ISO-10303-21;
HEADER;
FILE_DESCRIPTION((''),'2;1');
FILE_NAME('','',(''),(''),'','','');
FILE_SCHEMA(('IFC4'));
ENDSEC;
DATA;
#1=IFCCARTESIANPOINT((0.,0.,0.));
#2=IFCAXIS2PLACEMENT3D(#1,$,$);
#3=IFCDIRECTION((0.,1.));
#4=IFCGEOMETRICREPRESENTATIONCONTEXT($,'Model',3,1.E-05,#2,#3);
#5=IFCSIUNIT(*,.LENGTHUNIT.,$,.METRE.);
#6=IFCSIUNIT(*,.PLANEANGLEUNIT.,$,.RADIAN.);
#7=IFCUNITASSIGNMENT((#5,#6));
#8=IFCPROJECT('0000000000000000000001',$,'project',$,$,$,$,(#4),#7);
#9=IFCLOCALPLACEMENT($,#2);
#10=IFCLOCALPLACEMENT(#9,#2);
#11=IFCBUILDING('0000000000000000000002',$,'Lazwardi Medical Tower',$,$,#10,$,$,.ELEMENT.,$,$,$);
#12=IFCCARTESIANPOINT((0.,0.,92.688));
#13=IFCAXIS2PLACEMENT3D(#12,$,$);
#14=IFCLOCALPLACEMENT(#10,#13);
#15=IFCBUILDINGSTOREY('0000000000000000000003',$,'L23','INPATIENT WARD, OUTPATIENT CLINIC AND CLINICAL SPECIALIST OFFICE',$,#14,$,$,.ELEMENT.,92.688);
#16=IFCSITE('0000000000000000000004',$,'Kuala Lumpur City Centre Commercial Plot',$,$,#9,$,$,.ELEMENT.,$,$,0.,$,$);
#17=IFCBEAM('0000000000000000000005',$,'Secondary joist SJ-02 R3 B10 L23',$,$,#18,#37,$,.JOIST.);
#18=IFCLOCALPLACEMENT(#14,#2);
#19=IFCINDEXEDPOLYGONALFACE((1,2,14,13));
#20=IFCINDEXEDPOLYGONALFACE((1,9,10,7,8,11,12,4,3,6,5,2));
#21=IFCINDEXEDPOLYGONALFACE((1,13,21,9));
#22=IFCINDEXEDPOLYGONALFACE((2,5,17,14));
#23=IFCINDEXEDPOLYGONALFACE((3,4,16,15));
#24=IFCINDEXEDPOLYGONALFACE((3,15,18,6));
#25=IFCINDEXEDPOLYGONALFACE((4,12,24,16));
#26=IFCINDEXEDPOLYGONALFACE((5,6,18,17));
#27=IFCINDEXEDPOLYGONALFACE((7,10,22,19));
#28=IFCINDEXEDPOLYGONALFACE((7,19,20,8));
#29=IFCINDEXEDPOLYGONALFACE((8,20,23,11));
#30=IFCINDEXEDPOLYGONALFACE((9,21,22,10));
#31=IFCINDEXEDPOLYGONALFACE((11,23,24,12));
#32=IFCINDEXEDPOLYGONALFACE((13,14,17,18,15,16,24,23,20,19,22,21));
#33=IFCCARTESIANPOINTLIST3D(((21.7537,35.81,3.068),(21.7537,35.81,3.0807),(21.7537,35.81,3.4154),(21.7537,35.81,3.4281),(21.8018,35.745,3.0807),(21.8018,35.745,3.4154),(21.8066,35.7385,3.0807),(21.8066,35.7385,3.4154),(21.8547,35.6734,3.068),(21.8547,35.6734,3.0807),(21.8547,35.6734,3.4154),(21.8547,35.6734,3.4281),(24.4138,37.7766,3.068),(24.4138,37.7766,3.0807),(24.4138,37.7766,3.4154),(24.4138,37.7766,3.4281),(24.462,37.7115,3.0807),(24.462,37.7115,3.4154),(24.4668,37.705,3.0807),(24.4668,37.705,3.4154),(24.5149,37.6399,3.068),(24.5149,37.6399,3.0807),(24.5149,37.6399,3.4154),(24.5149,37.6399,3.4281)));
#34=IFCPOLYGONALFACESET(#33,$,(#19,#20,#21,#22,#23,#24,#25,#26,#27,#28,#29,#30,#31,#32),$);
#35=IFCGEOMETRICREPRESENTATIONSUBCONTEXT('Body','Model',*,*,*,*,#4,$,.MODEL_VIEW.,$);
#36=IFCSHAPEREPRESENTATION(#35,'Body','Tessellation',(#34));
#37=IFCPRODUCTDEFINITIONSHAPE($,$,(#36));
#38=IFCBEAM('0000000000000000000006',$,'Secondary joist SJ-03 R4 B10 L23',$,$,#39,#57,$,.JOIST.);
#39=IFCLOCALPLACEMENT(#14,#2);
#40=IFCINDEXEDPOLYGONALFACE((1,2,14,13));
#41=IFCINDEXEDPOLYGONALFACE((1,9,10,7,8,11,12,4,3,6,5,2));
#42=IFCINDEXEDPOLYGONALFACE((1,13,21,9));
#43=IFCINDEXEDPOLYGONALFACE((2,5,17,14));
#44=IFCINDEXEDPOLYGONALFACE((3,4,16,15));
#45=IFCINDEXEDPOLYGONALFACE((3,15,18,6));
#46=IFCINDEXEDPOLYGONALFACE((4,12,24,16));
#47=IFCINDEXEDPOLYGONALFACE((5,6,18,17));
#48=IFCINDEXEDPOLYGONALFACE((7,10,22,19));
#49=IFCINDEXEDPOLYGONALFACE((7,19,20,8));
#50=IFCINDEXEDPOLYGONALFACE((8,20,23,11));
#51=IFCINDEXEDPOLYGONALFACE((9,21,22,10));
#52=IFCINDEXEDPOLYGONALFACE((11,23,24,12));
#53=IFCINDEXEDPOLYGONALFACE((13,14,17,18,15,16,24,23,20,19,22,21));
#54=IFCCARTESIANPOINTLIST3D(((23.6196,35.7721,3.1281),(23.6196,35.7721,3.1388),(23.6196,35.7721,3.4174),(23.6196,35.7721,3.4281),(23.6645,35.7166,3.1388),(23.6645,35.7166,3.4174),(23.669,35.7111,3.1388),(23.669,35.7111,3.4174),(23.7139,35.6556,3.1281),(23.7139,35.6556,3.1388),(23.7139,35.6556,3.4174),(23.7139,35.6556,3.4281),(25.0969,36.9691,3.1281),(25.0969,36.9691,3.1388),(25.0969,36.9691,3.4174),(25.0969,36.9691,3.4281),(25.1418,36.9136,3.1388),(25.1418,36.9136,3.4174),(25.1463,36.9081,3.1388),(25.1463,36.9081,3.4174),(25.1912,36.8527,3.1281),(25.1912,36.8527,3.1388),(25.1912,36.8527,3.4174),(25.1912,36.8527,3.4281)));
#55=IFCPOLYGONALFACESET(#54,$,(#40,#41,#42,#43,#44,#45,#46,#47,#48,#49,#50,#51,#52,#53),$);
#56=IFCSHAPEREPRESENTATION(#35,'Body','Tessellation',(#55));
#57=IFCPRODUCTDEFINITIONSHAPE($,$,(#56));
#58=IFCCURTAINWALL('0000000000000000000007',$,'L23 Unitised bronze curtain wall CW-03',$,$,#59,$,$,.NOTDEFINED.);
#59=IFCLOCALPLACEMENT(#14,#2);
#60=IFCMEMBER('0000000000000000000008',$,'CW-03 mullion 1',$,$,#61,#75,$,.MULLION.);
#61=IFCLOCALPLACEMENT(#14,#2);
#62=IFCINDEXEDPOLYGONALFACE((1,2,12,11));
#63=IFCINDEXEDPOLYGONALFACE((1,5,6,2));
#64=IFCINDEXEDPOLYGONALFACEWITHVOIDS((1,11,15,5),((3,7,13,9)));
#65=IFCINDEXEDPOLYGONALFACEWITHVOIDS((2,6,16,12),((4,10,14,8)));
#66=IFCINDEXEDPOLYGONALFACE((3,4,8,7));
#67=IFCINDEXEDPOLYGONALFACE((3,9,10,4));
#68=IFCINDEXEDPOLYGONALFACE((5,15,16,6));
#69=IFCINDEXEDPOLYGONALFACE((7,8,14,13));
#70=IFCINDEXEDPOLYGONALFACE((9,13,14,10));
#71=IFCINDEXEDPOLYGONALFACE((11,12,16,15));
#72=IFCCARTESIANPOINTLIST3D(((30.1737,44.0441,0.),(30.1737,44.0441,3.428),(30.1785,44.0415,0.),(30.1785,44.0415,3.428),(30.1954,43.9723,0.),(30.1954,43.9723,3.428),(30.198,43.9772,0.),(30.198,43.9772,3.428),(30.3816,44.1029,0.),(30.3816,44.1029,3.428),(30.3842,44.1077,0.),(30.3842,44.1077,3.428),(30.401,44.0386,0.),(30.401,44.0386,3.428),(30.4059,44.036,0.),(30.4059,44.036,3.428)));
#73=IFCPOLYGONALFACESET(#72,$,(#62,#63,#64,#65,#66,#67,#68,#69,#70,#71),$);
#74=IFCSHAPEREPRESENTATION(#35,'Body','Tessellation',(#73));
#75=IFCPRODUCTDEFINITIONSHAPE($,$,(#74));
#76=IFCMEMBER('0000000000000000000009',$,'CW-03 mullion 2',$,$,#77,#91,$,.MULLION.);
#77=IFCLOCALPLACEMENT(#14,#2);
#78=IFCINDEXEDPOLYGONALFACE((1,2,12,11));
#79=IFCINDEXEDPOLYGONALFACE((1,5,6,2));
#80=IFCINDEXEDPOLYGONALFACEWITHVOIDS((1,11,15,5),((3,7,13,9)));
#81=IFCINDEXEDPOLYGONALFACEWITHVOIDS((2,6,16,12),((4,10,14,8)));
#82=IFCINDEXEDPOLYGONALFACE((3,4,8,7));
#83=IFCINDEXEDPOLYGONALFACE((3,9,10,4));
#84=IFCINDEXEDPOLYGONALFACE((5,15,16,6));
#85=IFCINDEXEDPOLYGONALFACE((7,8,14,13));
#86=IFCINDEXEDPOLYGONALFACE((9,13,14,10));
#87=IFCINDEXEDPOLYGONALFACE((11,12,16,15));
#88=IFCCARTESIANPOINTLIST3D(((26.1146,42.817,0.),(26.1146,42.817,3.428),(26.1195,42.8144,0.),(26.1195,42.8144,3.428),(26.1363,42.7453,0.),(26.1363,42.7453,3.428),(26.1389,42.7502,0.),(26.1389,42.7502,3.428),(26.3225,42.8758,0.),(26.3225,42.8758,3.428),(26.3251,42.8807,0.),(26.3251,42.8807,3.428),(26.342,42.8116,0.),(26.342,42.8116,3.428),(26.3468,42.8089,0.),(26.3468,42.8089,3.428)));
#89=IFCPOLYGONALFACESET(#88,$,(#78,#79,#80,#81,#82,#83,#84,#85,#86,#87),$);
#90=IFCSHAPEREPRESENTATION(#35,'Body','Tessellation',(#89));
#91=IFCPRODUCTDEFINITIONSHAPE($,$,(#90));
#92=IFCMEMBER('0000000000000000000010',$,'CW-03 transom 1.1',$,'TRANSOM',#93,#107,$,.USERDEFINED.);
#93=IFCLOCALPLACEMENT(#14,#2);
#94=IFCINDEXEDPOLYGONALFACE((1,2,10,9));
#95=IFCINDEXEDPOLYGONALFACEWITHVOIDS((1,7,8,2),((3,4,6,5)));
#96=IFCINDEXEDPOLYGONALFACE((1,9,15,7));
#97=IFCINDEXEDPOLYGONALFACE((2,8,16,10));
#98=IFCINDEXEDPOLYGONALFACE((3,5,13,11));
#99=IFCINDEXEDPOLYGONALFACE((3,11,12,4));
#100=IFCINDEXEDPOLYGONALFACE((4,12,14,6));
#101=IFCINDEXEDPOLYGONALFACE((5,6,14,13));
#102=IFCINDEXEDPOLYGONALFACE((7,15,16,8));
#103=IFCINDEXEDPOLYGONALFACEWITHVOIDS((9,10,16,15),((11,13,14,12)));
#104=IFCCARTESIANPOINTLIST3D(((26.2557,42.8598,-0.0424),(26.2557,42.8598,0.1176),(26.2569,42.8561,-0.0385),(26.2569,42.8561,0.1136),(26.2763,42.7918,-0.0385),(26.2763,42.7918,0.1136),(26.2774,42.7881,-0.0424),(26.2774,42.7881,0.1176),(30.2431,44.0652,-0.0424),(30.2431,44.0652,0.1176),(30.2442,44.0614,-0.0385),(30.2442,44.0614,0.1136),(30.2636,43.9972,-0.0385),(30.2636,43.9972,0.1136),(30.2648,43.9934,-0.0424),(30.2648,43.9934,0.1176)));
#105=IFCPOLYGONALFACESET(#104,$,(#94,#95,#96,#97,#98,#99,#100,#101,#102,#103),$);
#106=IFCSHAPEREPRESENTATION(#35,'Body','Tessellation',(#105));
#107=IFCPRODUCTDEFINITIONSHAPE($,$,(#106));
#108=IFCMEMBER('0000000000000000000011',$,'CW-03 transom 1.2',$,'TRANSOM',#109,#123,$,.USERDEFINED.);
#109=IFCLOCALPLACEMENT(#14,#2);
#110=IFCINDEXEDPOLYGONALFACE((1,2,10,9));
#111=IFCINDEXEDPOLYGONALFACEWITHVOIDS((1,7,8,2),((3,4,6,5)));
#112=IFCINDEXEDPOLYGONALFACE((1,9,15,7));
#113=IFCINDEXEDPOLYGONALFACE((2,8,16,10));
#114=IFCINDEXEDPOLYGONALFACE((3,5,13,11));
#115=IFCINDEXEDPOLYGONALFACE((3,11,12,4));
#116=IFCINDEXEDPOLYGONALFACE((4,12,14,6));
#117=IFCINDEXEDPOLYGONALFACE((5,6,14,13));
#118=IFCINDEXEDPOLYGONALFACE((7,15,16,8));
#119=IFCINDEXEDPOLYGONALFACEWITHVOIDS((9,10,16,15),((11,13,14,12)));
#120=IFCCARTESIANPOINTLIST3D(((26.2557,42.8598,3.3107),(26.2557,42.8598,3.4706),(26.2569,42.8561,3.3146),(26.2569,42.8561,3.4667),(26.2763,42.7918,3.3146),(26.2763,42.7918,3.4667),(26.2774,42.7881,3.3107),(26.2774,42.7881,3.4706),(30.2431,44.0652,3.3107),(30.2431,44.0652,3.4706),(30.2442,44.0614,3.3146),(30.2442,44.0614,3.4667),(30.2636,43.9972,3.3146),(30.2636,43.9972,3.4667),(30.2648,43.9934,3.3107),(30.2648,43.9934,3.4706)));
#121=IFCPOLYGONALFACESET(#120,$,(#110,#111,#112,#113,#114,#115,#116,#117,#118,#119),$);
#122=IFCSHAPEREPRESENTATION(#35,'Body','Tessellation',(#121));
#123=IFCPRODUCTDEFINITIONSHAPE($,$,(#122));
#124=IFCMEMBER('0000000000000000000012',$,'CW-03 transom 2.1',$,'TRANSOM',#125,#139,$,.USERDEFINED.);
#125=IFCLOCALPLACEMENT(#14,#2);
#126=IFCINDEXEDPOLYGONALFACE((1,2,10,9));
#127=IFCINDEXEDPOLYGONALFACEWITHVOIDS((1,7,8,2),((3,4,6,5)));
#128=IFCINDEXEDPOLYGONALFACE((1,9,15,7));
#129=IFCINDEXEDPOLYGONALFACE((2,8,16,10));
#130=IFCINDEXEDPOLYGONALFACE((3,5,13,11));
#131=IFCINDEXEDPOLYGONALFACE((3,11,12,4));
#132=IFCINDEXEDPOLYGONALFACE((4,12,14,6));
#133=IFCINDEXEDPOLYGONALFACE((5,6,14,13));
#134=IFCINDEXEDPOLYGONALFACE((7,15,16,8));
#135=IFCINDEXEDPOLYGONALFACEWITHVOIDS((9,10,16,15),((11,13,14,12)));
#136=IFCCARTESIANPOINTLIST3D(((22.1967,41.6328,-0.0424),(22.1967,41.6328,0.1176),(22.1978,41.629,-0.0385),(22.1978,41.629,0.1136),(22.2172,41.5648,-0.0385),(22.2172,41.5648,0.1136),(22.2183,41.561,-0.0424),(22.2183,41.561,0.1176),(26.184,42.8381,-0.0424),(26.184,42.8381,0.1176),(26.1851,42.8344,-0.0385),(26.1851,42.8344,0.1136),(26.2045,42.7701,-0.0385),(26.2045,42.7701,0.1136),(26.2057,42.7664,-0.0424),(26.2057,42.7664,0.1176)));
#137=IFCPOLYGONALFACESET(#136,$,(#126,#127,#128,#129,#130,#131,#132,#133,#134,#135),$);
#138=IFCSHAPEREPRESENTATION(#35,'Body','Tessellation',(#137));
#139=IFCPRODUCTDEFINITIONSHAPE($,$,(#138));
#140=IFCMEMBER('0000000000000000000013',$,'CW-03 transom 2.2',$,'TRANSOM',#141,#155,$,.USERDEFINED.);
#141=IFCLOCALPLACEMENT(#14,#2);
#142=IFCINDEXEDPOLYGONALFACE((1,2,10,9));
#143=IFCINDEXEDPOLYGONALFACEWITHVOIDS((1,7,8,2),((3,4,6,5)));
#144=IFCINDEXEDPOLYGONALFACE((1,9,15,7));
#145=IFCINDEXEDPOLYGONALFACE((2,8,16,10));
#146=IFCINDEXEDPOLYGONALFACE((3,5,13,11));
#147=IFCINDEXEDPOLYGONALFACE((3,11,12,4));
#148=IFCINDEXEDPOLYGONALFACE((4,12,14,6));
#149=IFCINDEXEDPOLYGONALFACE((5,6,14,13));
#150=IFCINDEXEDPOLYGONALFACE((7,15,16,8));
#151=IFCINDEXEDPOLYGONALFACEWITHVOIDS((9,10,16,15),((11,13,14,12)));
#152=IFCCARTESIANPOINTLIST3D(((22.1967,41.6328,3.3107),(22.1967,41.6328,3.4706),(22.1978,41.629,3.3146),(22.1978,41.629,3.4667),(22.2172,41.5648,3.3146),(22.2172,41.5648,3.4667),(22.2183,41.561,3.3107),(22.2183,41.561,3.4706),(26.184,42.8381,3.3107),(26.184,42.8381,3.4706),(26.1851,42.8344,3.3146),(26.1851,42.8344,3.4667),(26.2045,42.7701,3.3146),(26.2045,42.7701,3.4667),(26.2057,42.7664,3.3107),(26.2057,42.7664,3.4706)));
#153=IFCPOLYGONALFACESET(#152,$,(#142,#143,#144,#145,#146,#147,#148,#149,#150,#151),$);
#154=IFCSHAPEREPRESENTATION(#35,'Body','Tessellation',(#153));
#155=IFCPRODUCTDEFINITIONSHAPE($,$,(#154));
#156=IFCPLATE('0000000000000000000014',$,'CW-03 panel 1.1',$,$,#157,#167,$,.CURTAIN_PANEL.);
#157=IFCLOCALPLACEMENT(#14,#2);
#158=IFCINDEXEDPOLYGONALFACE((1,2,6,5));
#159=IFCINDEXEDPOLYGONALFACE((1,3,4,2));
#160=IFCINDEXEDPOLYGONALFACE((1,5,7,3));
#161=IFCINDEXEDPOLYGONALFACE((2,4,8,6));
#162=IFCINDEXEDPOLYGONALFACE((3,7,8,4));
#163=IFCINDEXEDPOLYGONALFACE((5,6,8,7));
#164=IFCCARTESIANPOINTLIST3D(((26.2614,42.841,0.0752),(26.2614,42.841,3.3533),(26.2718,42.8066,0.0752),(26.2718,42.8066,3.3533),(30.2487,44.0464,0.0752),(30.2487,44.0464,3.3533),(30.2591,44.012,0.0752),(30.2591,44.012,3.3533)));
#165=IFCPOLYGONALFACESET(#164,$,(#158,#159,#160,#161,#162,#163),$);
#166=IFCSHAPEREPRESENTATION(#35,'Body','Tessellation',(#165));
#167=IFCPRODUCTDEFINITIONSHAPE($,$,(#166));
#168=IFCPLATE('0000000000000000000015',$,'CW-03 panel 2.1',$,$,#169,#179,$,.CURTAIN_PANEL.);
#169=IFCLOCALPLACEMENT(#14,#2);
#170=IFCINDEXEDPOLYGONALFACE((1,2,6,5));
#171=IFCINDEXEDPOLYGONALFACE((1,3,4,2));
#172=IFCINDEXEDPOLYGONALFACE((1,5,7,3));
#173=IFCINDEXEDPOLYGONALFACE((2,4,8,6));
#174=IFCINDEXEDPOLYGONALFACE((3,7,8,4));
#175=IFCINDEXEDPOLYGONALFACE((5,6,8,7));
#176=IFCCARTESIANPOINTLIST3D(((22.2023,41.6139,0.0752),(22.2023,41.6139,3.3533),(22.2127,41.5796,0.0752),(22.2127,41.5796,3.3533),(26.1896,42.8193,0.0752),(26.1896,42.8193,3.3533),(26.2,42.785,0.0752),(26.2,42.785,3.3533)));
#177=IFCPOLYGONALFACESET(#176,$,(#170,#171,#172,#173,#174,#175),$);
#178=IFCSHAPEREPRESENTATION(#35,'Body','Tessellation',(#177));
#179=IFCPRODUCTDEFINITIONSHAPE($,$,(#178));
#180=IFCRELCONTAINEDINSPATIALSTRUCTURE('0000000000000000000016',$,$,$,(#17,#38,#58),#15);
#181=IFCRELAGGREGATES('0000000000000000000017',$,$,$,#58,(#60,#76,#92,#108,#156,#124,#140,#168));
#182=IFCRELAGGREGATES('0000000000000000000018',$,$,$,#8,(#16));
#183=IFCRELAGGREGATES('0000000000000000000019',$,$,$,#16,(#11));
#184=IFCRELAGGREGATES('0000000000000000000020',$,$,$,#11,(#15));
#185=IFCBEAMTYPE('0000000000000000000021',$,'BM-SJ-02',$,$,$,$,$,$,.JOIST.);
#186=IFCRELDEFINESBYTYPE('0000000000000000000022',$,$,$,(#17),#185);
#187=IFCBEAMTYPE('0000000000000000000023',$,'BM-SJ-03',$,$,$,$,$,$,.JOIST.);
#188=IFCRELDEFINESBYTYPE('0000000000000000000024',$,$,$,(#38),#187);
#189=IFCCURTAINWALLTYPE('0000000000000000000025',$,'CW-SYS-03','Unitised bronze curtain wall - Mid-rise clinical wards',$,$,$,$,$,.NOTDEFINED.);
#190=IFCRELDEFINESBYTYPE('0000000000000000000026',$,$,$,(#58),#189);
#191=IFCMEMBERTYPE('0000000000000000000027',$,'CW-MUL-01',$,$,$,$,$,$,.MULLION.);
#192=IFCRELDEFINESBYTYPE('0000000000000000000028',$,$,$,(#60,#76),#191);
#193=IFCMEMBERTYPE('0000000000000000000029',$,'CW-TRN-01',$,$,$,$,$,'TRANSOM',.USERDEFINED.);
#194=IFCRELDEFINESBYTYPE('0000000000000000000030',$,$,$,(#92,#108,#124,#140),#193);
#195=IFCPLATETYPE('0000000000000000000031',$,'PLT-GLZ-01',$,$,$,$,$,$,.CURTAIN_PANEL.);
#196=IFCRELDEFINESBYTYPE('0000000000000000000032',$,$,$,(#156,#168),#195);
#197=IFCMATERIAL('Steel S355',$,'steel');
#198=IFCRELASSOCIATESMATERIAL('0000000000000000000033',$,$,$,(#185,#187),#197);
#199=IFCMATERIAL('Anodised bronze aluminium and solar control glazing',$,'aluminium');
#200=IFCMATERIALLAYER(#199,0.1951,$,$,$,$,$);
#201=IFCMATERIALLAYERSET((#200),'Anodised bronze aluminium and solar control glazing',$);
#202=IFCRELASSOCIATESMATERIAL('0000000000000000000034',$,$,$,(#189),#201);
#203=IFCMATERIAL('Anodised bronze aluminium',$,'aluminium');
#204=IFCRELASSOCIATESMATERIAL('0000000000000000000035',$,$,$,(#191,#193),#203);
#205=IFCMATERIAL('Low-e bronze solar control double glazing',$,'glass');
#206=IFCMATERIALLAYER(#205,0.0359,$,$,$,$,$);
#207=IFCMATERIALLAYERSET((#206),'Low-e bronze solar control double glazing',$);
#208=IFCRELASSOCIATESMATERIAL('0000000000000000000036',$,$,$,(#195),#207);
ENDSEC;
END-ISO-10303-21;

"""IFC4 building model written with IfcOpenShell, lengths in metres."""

from ifc_helpers import new_model, si_unit, direction, frame, origin, origin_2d, place, context, subcontext, project, spatial, rectangle, hollow_rectangle, i_section, extrude, material, layer, layer_set, material_profile, profile_set, type_object, element, aggregate, save


model = new_model("IFC4")

# Units and contexts
model_context = context("Model", 3, precision=1e-05, world=origin(), true_north=direction((0.0, 1.0)))
body_context = subcontext(model_context, "Body", "Model", "MODEL_VIEW")
ifc_project = project(units=[si_unit("LENGTHUNIT", "METRE"), si_unit("PLANEANGLEUNIT", "RADIAN")], contexts=[model_context])

# Site, building, storey
site_placement = place(None, origin())
site = spatial("IfcSite", under=ifc_project, at=site_placement, Name="Kuala Lumpur City Centre Commercial Plot", CompositionType="ELEMENT", RefElevation=0.0)
building_placement = place(site_placement, origin())
building = spatial("IfcBuilding", under=site, at=building_placement, Name="Lazwardi Medical Tower", CompositionType="ELEMENT")
storey_placement = place(building_placement, frame((0.0, 0.0, 92.688)))
storey = spatial("IfcBuildingStorey", under=building, at=storey_placement, Name="L23", Description="INPATIENT WARD, OUTPATIENT CLINIC AND CLINICAL SPECIALIST OFFICE", CompositionType="ELEMENT", Elevation=92.688)

# Beams
ifc_material_1 = material(Name="Steel S355", Category="steel")
ifc_material_profile_1 = material_profile(ifc_material_1, i_section(OverallWidth=0.1699, OverallDepth=0.3601, WebThickness=0.0081, FlangeThickness=0.0127, at=origin_2d()), Name="IPE 360")
ifc_profile_set_1 = profile_set([ifc_material_profile_1], Name="Steel S355")
beam_type_1 = type_object("IfcBeamType", Name="BM-SJ-02", PredefinedType="JOIST", material=ifc_profile_set_1)
beam_1_placement = place(storey_placement, frame((24.4644, 37.7083, 3.248), z_axis=(-0.804126, -0.59446, 0.0), x_axis=(0.59446, -0.804126, 0.0)))
element("IfcBeam", 1, at=beam_1_placement, inside=storey, type_object=beam_type_1, Name="Secondary joist SJ-02 R3 B10 L23", PredefinedType="JOIST", context=body_context, shape_type="SweptSolid", body=[
    extrude(i_section(OverallWidth=0.1699, OverallDepth=0.3601, WebThickness=0.0081, FlangeThickness=0.0127, at=origin_2d()), origin(), (0.0, 0.0, 1.0), 3.3081),
])
ifc_material_profile_2 = material_profile(ifc_material_1, i_section(OverallWidth=0.1499, OverallDepth=0.3, WebThickness=0.0071, FlangeThickness=0.0107, at=origin_2d()), Name="IPE 300")
ifc_profile_set_2 = profile_set([ifc_material_profile_2], Name="Steel S355")
beam_type_2 = type_object("IfcBeamType", Name="BM-SJ-03", PredefinedType="JOIST", material=ifc_profile_set_2)
beam_2_placement = place(storey_placement, frame((25.144, 36.9109, 3.2781), z_axis=(-0.776958, -0.629553, 0.0), x_axis=(0.629553, -0.776958, 0.0)))
element("IfcBeam", 2, at=beam_2_placement, inside=storey, type_object=beam_type_2, Name="Secondary joist SJ-03 R4 B10 L23", PredefinedType="JOIST", context=body_context, shape_type="SweptSolid", body=[
    extrude(i_section(OverallWidth=0.1499, OverallDepth=0.3, WebThickness=0.0071, FlangeThickness=0.0107, at=origin_2d()), origin(), (0.0, 0.0, 1.0), 1.9014),
])

# Curtain wall, members, plates
ifc_material_2 = material(Name="Anodised bronze aluminium and solar control glazing", Category="aluminium")
ifc_layer_1 = layer(ifc_material_2, 0.1951)
ifc_layer_set_1 = layer_set([ifc_layer_1], Name="Anodised bronze aluminium and solar control glazing")
curtain_wall_type = type_object("IfcCurtainWallType", Name="CW-SYS-03", Description="Unitised bronze curtain wall - Mid-rise clinical wards", PredefinedType="NOTDEFINED", material=ifc_layer_set_1)
curtain_wall_placement = place(storey_placement, origin())
curtain_wall = element("IfcCurtainWall", 3, at=curtain_wall_placement, inside=storey, type_object=curtain_wall_type, Name="L23 Unitised bronze curtain wall CW-03", PredefinedType="NOTDEFINED")
ifc_material_3 = material(Name="Anodised bronze aluminium", Category="aluminium")
ifc_material_profile_3 = material_profile(ifc_material_3, hollow_rectangle(XDim=0.075, YDim=0.22, WallThickness=0.0039, at=origin_2d()), Name="ALU-MULLION 220x75x4")
ifc_profile_set_3 = profile_set([ifc_material_profile_3], Name="Anodised bronze aluminium")
member_type_1 = type_object("IfcMemberType", Name="CW-MUL-01", PredefinedType="MULLION", material=ifc_profile_set_3)
member_1_placement = place(storey_placement, frame((30.2898, 44.04, 0.0), z_axis=(0.0, 0.0, 1.0), x_axis=(0.289374, -0.957216, 0.0)))
member_1 = element("IfcMember", 4, at=member_1_placement, type_object=member_type_1, Name="CW-03 mullion 1", PredefinedType="MULLION", context=body_context, shape_type="SweptSolid", body=[
    extrude(hollow_rectangle(XDim=0.075, YDim=0.22, WallThickness=0.0039, at=origin_2d()), origin(), (0.0, 0.0, 1.0), 3.428),
])
member_2_placement = place(storey_placement, frame((26.2307, 42.813, 0.0), z_axis=(0.0, 0.0, 1.0), x_axis=(0.289374, -0.957216, 0.0)))
member_2 = element("IfcMember", 5, at=member_2_placement, type_object=member_type_1, Name="CW-03 mullion 2", PredefinedType="MULLION", context=body_context, shape_type="SweptSolid", body=[
    extrude(hollow_rectangle(XDim=0.075, YDim=0.22, WallThickness=0.0039, at=origin_2d()), origin(), (0.0, 0.0, 1.0), 3.428),
])
ifc_material_profile_4 = material_profile(ifc_material_3, hollow_rectangle(XDim=0.075, YDim=0.1599, WallThickness=0.0039, at=origin_2d()), Name="ALU-TRANSOM 160x75x4")
ifc_profile_set_4 = profile_set([ifc_material_profile_4], Name="Anodised bronze aluminium")
member_type_2 = type_object("IfcMemberType", Name="CW-TRN-01", ElementType="TRANSOM", PredefinedType="USERDEFINED", material=ifc_profile_set_4)
member_3_placement = place(storey_placement, frame((30.2539, 44.0293, 0.0376), z_axis=(-0.957221, -0.289358, 0.0), x_axis=(0.289358, -0.957221, 0.0)))
member_3 = element("IfcMember", 6, at=member_3_placement, type_object=member_type_2, Name="CW-03 transom 1.1", ObjectType="TRANSOM", PredefinedType="USERDEFINED", context=body_context, shape_type="SweptSolid", body=[
    extrude(hollow_rectangle(XDim=0.075, YDim=0.1599, WallThickness=0.0039, at=origin_2d()), origin(), (0.0, 0.0, 1.0), 4.1655),
])
member_4_placement = place(storey_placement, frame((30.2539, 44.0293, 3.3906), z_axis=(-0.957221, -0.289358, 0.0), x_axis=(0.289358, -0.957221, 0.0)))
member_4 = element("IfcMember", 7, at=member_4_placement, type_object=member_type_2, Name="CW-03 transom 1.2", ObjectType="TRANSOM", PredefinedType="USERDEFINED", context=body_context, shape_type="SweptSolid", body=[
    extrude(hollow_rectangle(XDim=0.075, YDim=0.1599, WallThickness=0.0039, at=origin_2d()), origin(), (0.0, 0.0, 1.0), 4.1655),
])
member_5_placement = place(storey_placement, frame((26.1948, 42.8022, 0.0376), z_axis=(-0.957221, -0.289358, 0.0), x_axis=(0.289358, -0.957221, 0.0)))
member_5 = element("IfcMember", 8, at=member_5_placement, type_object=member_type_2, Name="CW-03 transom 2.1", ObjectType="TRANSOM", PredefinedType="USERDEFINED", context=body_context, shape_type="SweptSolid", body=[
    extrude(hollow_rectangle(XDim=0.075, YDim=0.1599, WallThickness=0.0039, at=origin_2d()), origin(), (0.0, 0.0, 1.0), 4.1655),
])
member_6_placement = place(storey_placement, frame((26.1948, 42.8022, 3.3906), z_axis=(-0.957221, -0.289358, 0.0), x_axis=(0.289358, -0.957221, 0.0)))
member_6 = element("IfcMember", 9, at=member_6_placement, type_object=member_type_2, Name="CW-03 transom 2.2", ObjectType="TRANSOM", PredefinedType="USERDEFINED", context=body_context, shape_type="SweptSolid", body=[
    extrude(hollow_rectangle(XDim=0.075, YDim=0.1599, WallThickness=0.0039, at=origin_2d()), origin(), (0.0, 0.0, 1.0), 4.1655),
])
ifc_material_4 = material(Name="Low-e bronze solar control double glazing", Category="glass")
ifc_layer_2 = layer(ifc_material_4, 0.0359)
ifc_layer_set_2 = layer_set([ifc_layer_2], Name="Low-e bronze solar control double glazing")
plate_type = type_object("IfcPlateType", Name="PLT-GLZ-01", PredefinedType="CURTAIN_PANEL", material=ifc_layer_set_2)
plate_1_placement = place(storey_placement, frame((28.2603, 43.4265, 0.0752), z_axis=(0.0, 0.0, 1.0), x_axis=(-0.957216, -0.289374, 0.0)))
plate_1 = element("IfcPlate", 10, at=plate_1_placement, type_object=plate_type, Name="CW-03 panel 1.1", PredefinedType="CURTAIN_PANEL", context=body_context, shape_type="SweptSolid", body=[
    extrude(rectangle(XDim=4.1655, YDim=0.0359, at=origin_2d()), origin(), (0.0, 0.0, 1.0), 3.2781),
])
plate_2_placement = place(storey_placement, frame((24.2012, 42.1995, 0.0752), z_axis=(0.0, 0.0, 1.0), x_axis=(-0.957216, -0.289374, 0.0)))
plate_2 = element("IfcPlate", 11, at=plate_2_placement, type_object=plate_type, Name="CW-03 panel 2.1", PredefinedType="CURTAIN_PANEL", context=body_context, shape_type="SweptSolid", body=[
    extrude(rectangle(XDim=4.1655, YDim=0.0359, at=origin_2d()), origin(), (0.0, 0.0, 1.0), 3.2781),
])
aggregate(curtain_wall, [member_1, member_2, member_3, member_4, plate_1, member_5, member_6, plate_2])

save(model, "model.ifc")
